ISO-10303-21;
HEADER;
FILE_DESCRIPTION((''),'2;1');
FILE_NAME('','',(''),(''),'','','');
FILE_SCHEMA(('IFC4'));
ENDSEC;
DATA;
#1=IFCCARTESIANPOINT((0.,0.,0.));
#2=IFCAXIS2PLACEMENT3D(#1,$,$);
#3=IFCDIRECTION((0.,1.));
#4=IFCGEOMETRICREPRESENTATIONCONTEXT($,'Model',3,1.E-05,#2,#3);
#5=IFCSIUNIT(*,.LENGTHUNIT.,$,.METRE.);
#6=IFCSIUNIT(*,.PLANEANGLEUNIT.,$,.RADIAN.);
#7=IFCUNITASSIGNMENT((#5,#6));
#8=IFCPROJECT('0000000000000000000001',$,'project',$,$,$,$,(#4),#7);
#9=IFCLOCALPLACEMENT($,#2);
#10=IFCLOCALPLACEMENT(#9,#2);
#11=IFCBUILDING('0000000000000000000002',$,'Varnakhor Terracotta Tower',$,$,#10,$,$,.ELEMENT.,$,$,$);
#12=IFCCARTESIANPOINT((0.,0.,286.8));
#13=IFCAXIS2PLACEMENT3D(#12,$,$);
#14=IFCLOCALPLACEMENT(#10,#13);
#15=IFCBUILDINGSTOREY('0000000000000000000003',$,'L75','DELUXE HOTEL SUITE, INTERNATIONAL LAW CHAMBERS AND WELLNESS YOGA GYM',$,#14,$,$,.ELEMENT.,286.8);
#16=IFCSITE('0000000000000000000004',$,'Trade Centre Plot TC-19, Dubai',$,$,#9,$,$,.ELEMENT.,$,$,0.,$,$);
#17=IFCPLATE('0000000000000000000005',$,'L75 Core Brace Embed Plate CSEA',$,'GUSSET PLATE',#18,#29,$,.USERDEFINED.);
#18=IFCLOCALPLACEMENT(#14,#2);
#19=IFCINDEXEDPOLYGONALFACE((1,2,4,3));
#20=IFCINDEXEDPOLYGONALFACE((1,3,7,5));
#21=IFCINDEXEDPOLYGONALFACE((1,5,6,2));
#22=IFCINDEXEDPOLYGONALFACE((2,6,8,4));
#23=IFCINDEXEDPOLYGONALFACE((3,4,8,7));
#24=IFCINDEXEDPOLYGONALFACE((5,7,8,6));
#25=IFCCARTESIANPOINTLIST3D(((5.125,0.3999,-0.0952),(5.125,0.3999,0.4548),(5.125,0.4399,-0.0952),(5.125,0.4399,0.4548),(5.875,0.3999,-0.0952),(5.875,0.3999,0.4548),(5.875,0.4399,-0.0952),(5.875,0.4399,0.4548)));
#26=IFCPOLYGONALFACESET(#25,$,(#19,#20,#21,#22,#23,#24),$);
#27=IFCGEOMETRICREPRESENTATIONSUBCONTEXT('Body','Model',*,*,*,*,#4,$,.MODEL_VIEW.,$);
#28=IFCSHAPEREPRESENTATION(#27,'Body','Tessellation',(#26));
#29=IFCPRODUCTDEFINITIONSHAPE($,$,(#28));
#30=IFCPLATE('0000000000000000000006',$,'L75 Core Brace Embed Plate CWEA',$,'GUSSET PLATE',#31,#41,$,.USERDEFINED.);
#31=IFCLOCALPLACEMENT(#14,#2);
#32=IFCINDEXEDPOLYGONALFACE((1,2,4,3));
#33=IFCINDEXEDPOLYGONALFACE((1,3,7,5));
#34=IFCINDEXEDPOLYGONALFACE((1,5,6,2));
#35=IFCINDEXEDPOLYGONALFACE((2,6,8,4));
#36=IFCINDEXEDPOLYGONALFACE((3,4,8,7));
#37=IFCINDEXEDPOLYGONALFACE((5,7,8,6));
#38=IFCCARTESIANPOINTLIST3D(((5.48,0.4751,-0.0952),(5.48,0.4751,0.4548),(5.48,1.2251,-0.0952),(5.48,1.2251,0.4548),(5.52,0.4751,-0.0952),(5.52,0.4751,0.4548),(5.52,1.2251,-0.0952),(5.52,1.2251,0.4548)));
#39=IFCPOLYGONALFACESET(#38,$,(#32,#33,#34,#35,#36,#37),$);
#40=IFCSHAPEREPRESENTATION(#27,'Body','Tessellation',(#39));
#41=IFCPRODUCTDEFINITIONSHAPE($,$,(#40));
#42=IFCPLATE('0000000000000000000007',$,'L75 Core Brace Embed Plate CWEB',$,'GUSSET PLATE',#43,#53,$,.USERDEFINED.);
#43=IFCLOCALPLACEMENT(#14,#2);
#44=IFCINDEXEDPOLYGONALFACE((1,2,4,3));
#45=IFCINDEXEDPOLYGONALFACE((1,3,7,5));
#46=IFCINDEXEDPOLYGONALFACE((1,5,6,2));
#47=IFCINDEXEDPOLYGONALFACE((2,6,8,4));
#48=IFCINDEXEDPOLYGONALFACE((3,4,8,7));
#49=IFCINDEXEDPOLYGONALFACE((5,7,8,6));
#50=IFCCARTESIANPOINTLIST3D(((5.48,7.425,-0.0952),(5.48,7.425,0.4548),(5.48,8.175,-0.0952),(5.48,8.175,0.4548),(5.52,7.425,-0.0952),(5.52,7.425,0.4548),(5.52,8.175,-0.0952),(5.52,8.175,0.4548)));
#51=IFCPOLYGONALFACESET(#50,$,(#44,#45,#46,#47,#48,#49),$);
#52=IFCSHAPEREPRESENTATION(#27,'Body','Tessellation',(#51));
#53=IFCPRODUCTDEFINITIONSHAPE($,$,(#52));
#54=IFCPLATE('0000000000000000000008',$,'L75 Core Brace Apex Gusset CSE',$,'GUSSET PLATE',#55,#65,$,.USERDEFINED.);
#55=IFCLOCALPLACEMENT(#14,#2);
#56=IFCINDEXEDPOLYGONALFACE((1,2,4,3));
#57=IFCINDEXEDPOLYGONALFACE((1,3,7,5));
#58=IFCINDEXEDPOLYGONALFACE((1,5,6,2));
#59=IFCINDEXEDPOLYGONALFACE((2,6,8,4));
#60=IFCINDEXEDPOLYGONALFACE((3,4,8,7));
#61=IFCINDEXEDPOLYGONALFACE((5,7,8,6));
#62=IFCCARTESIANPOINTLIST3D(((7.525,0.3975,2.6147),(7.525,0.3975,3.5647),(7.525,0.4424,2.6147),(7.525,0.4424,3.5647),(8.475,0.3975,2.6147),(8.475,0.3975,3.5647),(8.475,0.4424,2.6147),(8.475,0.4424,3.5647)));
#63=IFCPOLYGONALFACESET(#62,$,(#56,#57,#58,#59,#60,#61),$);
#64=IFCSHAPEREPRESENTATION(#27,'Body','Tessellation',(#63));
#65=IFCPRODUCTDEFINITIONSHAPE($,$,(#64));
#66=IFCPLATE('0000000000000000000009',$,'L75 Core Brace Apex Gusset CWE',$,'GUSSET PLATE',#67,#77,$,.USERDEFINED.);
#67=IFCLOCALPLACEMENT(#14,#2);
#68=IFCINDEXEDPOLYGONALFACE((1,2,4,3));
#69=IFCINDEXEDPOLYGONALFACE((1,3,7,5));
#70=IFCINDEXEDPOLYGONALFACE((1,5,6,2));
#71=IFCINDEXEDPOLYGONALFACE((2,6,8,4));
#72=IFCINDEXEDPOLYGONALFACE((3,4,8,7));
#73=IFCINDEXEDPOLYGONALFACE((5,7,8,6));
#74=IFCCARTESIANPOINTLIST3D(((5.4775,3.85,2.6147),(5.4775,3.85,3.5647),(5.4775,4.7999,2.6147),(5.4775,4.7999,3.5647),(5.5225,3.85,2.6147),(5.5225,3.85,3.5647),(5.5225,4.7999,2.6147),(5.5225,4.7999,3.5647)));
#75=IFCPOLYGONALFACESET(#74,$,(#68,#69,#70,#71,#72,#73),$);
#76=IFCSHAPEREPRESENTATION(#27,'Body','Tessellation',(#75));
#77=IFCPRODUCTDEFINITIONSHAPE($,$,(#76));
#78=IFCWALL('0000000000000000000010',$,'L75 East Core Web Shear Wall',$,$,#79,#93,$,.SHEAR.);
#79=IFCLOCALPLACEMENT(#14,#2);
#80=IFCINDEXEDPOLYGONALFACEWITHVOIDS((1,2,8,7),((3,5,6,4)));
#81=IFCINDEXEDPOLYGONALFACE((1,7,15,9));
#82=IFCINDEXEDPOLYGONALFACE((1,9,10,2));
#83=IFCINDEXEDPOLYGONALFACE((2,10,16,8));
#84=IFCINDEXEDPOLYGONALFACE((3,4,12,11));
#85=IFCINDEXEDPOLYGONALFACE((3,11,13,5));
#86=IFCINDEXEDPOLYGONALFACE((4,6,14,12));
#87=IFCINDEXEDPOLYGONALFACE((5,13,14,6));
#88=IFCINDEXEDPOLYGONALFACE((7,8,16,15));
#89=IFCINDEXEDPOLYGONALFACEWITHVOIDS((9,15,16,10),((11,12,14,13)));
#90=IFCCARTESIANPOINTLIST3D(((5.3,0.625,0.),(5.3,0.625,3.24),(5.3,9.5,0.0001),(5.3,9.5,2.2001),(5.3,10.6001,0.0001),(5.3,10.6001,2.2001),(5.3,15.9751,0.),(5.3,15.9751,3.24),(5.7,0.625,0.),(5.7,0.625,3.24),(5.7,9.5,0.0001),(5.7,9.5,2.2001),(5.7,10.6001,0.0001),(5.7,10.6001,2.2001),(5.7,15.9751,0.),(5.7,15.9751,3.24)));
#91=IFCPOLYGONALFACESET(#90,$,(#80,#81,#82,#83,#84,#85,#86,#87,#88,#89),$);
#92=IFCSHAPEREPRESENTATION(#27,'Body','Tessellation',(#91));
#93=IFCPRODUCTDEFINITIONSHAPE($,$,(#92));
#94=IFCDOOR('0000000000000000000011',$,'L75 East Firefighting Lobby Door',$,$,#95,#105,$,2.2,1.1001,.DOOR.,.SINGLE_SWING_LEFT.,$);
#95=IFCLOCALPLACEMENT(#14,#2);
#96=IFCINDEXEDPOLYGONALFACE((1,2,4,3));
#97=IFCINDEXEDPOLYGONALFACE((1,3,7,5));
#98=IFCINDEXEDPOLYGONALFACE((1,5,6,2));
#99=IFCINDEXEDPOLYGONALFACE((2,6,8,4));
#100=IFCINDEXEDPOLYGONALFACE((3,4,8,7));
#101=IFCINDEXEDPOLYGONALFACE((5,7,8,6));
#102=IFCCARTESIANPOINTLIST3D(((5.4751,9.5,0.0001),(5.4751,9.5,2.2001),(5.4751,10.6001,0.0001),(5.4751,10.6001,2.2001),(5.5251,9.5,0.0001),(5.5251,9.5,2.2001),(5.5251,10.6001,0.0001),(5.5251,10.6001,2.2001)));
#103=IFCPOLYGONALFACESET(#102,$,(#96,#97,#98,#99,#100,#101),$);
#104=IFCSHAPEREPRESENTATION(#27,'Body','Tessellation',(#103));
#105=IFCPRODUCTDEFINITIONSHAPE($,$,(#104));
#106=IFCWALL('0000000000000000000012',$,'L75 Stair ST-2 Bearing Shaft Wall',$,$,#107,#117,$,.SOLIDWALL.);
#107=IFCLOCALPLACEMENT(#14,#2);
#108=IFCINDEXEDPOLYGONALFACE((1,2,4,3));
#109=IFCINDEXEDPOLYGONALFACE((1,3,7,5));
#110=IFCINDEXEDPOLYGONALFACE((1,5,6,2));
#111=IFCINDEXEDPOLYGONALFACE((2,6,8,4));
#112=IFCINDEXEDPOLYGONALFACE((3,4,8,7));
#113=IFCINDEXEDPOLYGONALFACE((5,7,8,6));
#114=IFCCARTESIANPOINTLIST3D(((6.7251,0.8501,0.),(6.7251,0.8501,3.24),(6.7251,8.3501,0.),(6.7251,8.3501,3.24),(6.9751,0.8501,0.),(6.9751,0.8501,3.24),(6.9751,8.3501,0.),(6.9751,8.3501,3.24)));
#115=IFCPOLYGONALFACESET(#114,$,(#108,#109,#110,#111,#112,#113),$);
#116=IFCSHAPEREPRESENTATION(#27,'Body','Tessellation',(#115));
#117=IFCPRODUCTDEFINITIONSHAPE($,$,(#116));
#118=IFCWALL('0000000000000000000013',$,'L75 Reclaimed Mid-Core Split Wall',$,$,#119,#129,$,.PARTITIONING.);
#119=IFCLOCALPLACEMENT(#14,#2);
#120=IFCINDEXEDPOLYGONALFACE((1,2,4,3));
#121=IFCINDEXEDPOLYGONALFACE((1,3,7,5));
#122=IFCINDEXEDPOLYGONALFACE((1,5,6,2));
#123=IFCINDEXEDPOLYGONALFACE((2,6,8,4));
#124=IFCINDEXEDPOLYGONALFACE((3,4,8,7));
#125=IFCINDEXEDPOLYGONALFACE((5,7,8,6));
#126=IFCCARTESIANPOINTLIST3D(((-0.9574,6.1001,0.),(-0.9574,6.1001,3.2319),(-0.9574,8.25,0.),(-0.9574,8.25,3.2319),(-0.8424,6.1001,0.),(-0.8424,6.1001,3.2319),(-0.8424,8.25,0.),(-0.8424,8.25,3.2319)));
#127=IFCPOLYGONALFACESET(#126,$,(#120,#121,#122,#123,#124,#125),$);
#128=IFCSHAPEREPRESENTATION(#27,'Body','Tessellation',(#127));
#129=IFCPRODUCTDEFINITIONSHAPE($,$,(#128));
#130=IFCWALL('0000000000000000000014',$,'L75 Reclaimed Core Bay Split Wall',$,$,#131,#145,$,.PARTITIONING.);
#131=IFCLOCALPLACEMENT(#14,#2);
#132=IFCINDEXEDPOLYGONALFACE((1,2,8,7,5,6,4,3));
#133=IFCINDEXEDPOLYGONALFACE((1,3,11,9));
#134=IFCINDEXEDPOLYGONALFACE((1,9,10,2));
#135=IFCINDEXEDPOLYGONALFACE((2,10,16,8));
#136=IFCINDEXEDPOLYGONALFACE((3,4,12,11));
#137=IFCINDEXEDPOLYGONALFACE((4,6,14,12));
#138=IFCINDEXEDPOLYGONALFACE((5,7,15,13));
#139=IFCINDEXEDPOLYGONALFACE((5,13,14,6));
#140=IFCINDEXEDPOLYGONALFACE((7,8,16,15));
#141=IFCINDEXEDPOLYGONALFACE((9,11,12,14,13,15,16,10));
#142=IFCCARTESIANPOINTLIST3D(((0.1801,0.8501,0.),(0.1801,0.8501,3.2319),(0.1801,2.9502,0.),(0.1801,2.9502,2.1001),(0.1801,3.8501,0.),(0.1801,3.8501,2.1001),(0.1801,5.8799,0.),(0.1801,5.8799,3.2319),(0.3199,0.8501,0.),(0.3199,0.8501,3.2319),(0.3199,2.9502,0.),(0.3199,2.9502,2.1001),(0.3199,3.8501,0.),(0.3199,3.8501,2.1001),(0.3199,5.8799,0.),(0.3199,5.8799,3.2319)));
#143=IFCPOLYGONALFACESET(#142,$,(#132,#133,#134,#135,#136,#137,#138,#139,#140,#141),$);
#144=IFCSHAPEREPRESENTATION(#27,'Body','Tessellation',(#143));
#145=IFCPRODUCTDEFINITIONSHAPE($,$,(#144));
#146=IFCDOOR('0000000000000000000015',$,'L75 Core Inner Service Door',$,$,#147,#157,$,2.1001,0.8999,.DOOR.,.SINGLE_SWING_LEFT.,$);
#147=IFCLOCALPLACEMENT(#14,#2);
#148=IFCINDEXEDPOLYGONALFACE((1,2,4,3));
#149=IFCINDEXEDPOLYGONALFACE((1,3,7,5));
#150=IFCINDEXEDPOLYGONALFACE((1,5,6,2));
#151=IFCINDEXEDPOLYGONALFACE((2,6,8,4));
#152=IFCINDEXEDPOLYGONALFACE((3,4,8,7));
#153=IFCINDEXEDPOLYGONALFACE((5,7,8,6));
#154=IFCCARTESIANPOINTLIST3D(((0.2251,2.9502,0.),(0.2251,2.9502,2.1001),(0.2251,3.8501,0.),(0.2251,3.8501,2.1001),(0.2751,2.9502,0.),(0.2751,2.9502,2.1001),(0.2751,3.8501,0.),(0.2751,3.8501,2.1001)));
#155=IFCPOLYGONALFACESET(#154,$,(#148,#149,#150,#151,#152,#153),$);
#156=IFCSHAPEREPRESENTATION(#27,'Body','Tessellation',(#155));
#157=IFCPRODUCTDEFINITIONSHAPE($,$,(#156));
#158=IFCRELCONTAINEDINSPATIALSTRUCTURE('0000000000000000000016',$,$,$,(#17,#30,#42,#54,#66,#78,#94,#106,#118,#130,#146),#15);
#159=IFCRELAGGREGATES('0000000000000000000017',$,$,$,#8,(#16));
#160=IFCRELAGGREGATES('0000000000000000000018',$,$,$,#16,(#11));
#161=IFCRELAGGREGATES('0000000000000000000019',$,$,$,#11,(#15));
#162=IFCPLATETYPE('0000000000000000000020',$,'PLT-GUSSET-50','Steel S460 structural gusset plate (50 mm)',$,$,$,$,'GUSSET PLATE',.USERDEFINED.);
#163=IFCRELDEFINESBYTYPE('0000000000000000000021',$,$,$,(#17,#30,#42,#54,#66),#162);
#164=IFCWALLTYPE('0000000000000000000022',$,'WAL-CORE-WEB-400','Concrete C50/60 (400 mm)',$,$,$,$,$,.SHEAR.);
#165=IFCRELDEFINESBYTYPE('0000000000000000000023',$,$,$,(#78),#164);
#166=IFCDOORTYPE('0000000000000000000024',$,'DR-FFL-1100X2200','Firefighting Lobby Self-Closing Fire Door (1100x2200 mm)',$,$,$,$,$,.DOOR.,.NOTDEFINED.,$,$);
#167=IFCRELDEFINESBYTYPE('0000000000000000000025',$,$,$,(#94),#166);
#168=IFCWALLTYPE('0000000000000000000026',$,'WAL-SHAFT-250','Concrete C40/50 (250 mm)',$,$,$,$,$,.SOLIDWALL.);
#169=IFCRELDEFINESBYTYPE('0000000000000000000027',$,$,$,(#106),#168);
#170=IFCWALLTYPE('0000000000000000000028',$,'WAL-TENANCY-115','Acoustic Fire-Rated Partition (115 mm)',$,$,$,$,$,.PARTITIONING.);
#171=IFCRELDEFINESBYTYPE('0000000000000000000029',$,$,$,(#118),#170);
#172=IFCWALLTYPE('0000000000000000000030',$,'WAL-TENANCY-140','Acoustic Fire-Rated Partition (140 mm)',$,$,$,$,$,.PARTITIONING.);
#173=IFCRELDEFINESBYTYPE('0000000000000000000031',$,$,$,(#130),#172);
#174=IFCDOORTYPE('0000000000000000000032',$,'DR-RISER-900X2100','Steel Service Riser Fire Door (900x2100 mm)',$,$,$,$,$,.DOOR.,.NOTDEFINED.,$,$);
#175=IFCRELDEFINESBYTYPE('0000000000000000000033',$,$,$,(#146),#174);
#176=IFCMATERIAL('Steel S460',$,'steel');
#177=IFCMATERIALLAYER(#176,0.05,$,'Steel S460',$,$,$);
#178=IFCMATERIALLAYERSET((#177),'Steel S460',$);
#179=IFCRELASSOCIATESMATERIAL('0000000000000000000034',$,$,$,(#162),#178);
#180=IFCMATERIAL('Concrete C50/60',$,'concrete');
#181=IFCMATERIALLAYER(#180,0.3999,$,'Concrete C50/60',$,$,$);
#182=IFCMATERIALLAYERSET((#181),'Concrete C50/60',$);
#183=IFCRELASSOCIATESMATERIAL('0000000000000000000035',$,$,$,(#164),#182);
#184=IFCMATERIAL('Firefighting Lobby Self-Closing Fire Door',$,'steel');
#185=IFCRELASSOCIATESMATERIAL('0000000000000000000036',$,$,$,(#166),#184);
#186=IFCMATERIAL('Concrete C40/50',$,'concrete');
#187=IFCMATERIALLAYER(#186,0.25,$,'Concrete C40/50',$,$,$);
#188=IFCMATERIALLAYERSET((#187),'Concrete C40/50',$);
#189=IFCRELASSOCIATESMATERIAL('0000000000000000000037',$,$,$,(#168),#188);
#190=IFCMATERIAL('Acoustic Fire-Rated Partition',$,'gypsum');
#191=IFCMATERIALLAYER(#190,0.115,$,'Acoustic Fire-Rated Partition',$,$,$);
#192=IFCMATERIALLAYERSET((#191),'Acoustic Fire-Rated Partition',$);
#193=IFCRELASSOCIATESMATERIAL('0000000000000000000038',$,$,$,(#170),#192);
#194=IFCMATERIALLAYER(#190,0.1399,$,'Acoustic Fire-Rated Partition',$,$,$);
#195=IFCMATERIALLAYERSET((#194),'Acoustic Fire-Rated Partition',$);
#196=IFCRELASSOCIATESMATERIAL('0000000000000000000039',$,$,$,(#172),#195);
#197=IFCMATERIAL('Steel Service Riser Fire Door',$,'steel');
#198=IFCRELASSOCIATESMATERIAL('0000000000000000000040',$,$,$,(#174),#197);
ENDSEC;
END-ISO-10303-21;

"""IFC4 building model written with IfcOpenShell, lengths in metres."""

from ifc_helpers import new_model, si_unit, direction, frame, frame_2d, origin, origin_2d, place, context, subcontext, project, spatial, rectangle, extrude, source, transform, mapped, material, layer, layer_set, type_object, type_shapes, element, fill, save


model = new_model("IFC4")

# Units and contexts
model_context = context("Model", 3, precision=1e-05, world=origin(), true_north=direction((0.0, 1.0)))
body_context = subcontext(model_context, "Body", "Model", "MODEL_VIEW")
ifc_project = project(units=[si_unit("LENGTHUNIT", "METRE"), si_unit("PLANEANGLEUNIT", "RADIAN")], contexts=[model_context])

# Site, building, storey
site_placement = place(None, origin())
site = spatial("IfcSite", under=ifc_project, at=site_placement, Name="Trade Centre Plot TC-19, Dubai", CompositionType="ELEMENT", RefElevation=0.0)
building_placement = place(site_placement, origin())
building = spatial("IfcBuilding", under=site, at=building_placement, Name="Varnakhor Terracotta Tower", CompositionType="ELEMENT")
storey_placement = place(building_placement, frame((0.0, 0.0, 286.8)))
storey = spatial("IfcBuildingStorey", under=building, at=storey_placement, Name="L75", Description="DELUXE HOTEL SUITE, INTERNATIONAL LAW CHAMBERS AND WELLNESS YOGA GYM", CompositionType="ELEMENT", Elevation=286.8)

# Shared definitions
ifc_material_1 = material(Name="Concrete C50/60", Category="concrete")

# Shared definitions
ifc_material_2 = material(Name="Concrete C40/50", Category="concrete")

# Plates
ifc_material_3 = material(Name="Steel S460", Category="steel")
ifc_layer_1 = layer(ifc_material_3, 0.05, Name="Steel S460")
ifc_layer_set_1 = layer_set([ifc_layer_1], Name="Steel S460")
plate_type = type_object("IfcPlateType", Name="PLT-GUSSET-50", Description="Steel S460 structural gusset plate (50 mm)", ElementType="GUSSET PLATE", PredefinedType="USERDEFINED", material=ifc_layer_set_1)
shared_shape_1 = source(origin(), body_context, "Body", "SweptSolid", [
    extrude(rectangle(XDim=0.75, YDim=0.04, at=origin_2d()), origin(), (0.0, 0.0, 1.0), 0.55),
])
type_shapes(plate_type, [shared_shape_1])
for number, where, z_axis, x_axis, name in (
    (1, (5.5, 0.4199, -0.0952), (0.0, 0.0, 1.0), (1.0, 0.0, 0.0), "L75 Core Brace Embed Plate CSEA"),
    (2, (5.5, 0.8501, -0.0952), (0.0, 0.0, 1.0), (0.0, 1.0, 0.0), "L75 Core Brace Embed Plate CWEA"),
    (3, (5.5, 7.8, -0.0952), (0.0, 0.0, 1.0), (0.0, 1.0, 0.0), "L75 Core Brace Embed Plate CWEB"),
):
    element("IfcPlate", number, at=place(storey_placement, frame(where, z_axis=z_axis, x_axis=x_axis)), inside=storey, type_object=plate_type, Name=name, ObjectType="GUSSET PLATE", PredefinedType="USERDEFINED", context=body_context, shape_type="MappedRepresentation", body=[
        mapped(shared_shape_1, transform((0.0, 0.0, 0.0), scale=1.0)),
    ])
shared_shape_2 = source(origin(), body_context, "Body", "SweptSolid", [
    extrude(rectangle(XDim=0.95, YDim=0.0449, at=origin_2d()), origin(), (0.0, 0.0, 1.0), 0.95),
])
for number, where, z_axis, x_axis, name in (
    (4, (8.0, 0.4199, 2.6147), (0.0, 0.0, 1.0), (1.0, 0.0, 0.0), "L75 Core Brace Apex Gusset CSE"),
    (5, (5.5, 4.325, 2.6147), (0.0, 0.0, 1.0), (0.0, 1.0, 0.0), "L75 Core Brace Apex Gusset CWE"),
):
    element("IfcPlate", number, at=place(storey_placement, frame(where, z_axis=z_axis, x_axis=x_axis)), inside=storey, type_object=plate_type, Name=name, ObjectType="GUSSET PLATE", PredefinedType="USERDEFINED", context=body_context, shape_type="MappedRepresentation", body=[
        mapped(shared_shape_2, transform((0.0, 0.0, 0.0), scale=1.0)),
    ])

# Wall, opening, door
ifc_layer_2 = layer(ifc_material_1, 0.3999, Name="Concrete C50/60")
ifc_layer_set_2 = layer_set([ifc_layer_2], Name="Concrete C50/60")
wall_type_1 = type_object("IfcWallType", Name="WAL-CORE-WEB-400", Description="Concrete C50/60 (400 mm)", PredefinedType="SHEAR", material=ifc_layer_set_2)
wall_1_placement = place(storey_placement, frame((5.5, 0.625, 0.0), z_axis=(0.0, 0.0, 1.0), x_axis=(0.0, 1.0, 0.0)))
wall_1 = element("IfcWall", 6, at=wall_1_placement, inside=storey, type_object=wall_type_1, Name="L75 East Core Web Shear Wall", PredefinedType="SHEAR", context=body_context, shape_type="SweptSolid", body=[
    extrude(rectangle(XDim=15.3501, YDim=0.3999, at=frame_2d((7.675, 0.0))), origin(), (0.0, 0.0, 1.0), 3.24),
])
opening_1_placement = place(wall_1_placement, frame((8.875, 0.0, 0.0)))
opening_1 = element("IfcOpeningElement", 7, at=opening_1_placement, cuts=wall_1, PredefinedType="OPENING", context=body_context, shape_type="SweptSolid", body=[
    extrude(rectangle(XDim=1.1001, YDim=2.2, at=frame_2d((0.55, 1.1001))), frame((0.0, 0.21, 0.0), z_axis=(0.0, -1.0, 0.0), x_axis=(1.0, 0.0, 0.0)), (0.0, 0.0, 1.0), 0.4199),
])
ifc_material_4 = material(Name="Firefighting Lobby Self-Closing Fire Door", Category="steel")
door_type_1 = type_object("IfcDoorType", Name="DR-FFL-1100X2200", Description="Firefighting Lobby Self-Closing Fire Door (1100x2200 mm)", OperationType="NOTDEFINED", PredefinedType="DOOR", material=ifc_material_4)
shared_shape_3 = source(origin(), body_context, "Body", "SweptSolid", [
    extrude(rectangle(XDim=1.1001, YDim=2.2, at=frame_2d((0.55, 1.1001))), frame((0.0, 0.0249, 0.0), z_axis=(0.0, -1.0, 0.0), x_axis=(1.0, 0.0, 0.0)), (0.0, 0.0, 1.0), 0.05),
])
type_shapes(door_type_1, [shared_shape_3])
door_1_placement = place(opening_1_placement, origin())
door_1 = element("IfcDoor", 8, at=door_1_placement, inside=storey, type_object=door_type_1, Name="L75 East Firefighting Lobby Door", OperationType="SINGLE_SWING_LEFT", OverallHeight=2.2, OverallWidth=1.1001, PredefinedType="DOOR", context=body_context, shape_type="MappedRepresentation", body=[
    mapped(shared_shape_3, transform((0.0, 0.0, 0.0), scale=1.0)),
])
fill(opening_1, door_1)

# Walls
ifc_layer_3 = layer(ifc_material_2, 0.25, Name="Concrete C40/50")
ifc_layer_set_3 = layer_set([ifc_layer_3], Name="Concrete C40/50")
wall_type_2 = type_object("IfcWallType", Name="WAL-SHAFT-250", Description="Concrete C40/50 (250 mm)", PredefinedType="SOLIDWALL", material=ifc_layer_set_3)
wall_2_placement = place(storey_placement, frame((6.8501, 0.8501, 0.0), z_axis=(0.0, 0.0, 1.0), x_axis=(0.0, 1.0, 0.0)))
element("IfcWall", 9, at=wall_2_placement, inside=storey, type_object=wall_type_2, Name="L75 Stair ST-2 Bearing Shaft Wall", PredefinedType="SOLIDWALL", context=body_context, shape_type="SweptSolid", body=[
    extrude(rectangle(XDim=7.5, YDim=0.25, at=frame_2d((3.75, 0.0))), origin(), (0.0, 0.0, 1.0), 3.24),
])
ifc_material_5 = material(Name="Acoustic Fire-Rated Partition", Category="gypsum")
ifc_layer_4 = layer(ifc_material_5, 0.115, Name="Acoustic Fire-Rated Partition")
ifc_layer_set_4 = layer_set([ifc_layer_4], Name="Acoustic Fire-Rated Partition")
wall_type_3 = type_object("IfcWallType", Name="WAL-TENANCY-115", Description="Acoustic Fire-Rated Partition (115 mm)", PredefinedType="PARTITIONING", material=ifc_layer_set_4)
wall_3_placement = place(storey_placement, frame((-0.8999, 6.1001, 0.0), z_axis=(0.0, 0.0, 1.0), x_axis=(0.0, 1.0, 0.0)))
element("IfcWall", 10, at=wall_3_placement, inside=storey, type_object=wall_type_3, Name="L75 Reclaimed Mid-Core Split Wall", PredefinedType="PARTITIONING", context=body_context, shape_type="SweptSolid", body=[
    extrude(rectangle(XDim=2.1499, YDim=0.115, at=frame_2d((1.075, 0.0))), origin(), (0.0, 0.0, 1.0), 3.2319),
])

# Wall, opening, door
ifc_layer_5 = layer(ifc_material_5, 0.1399, Name="Acoustic Fire-Rated Partition")
ifc_layer_set_5 = layer_set([ifc_layer_5], Name="Acoustic Fire-Rated Partition")
wall_type_4 = type_object("IfcWallType", Name="WAL-TENANCY-140", Description="Acoustic Fire-Rated Partition (140 mm)", PredefinedType="PARTITIONING", material=ifc_layer_set_5)
wall_4_placement = place(storey_placement, frame((0.25, 0.8501, 0.0), z_axis=(0.0, 0.0, 1.0), x_axis=(0.0, 1.0, 0.0)))
wall_4 = element("IfcWall", 11, at=wall_4_placement, inside=storey, type_object=wall_type_4, Name="L75 Reclaimed Core Bay Split Wall", PredefinedType="PARTITIONING", context=body_context, shape_type="SweptSolid", body=[
    extrude(rectangle(XDim=5.0298, YDim=0.1399, at=frame_2d((2.5149, 0.0))), origin(), (0.0, 0.0, 1.0), 3.2319),
])
opening_2_placement = place(wall_4_placement, frame((2.1001, 0.0, 0.0)))
opening_2 = element("IfcOpeningElement", 12, at=opening_2_placement, cuts=wall_4, PredefinedType="OPENING", context=body_context, shape_type="SweptSolid", body=[
    extrude(rectangle(XDim=0.8999, YDim=2.1001, at=frame_2d((0.45, 1.05))), frame((0.0, 0.0801, 0.0), z_axis=(0.0, -1.0, 0.0), x_axis=(1.0, 0.0, 0.0)), (0.0, 0.0, 1.0), 0.1599),
])
ifc_material_6 = material(Name="Steel Service Riser Fire Door", Category="steel")
door_type_2 = type_object("IfcDoorType", Name="DR-RISER-900X2100", Description="Steel Service Riser Fire Door (900x2100 mm)", OperationType="NOTDEFINED", PredefinedType="DOOR", material=ifc_material_6)
shared_shape_4 = source(origin(), body_context, "Body", "SweptSolid", [
    extrude(rectangle(XDim=0.8999, YDim=2.1001, at=frame_2d((0.45, 1.05))), frame((0.0, 0.0249, 0.0), z_axis=(0.0, -1.0, 0.0), x_axis=(1.0, 0.0, 0.0)), (0.0, 0.0, 1.0), 0.05),
])
type_shapes(door_type_2, [shared_shape_4])
door_2_placement = place(opening_2_placement, origin())
door_2 = element("IfcDoor", 13, at=door_2_placement, inside=storey, type_object=door_type_2, Name="L75 Core Inner Service Door", OperationType="SINGLE_SWING_LEFT", OverallHeight=2.1001, OverallWidth=0.8999, PredefinedType="DOOR", context=body_context, shape_type="MappedRepresentation", body=[
    mapped(shared_shape_4, transform((0.0, 0.0, 0.0), scale=1.0)),
])
fill(opening_2, door_2)

save(model, "model.ifc")
